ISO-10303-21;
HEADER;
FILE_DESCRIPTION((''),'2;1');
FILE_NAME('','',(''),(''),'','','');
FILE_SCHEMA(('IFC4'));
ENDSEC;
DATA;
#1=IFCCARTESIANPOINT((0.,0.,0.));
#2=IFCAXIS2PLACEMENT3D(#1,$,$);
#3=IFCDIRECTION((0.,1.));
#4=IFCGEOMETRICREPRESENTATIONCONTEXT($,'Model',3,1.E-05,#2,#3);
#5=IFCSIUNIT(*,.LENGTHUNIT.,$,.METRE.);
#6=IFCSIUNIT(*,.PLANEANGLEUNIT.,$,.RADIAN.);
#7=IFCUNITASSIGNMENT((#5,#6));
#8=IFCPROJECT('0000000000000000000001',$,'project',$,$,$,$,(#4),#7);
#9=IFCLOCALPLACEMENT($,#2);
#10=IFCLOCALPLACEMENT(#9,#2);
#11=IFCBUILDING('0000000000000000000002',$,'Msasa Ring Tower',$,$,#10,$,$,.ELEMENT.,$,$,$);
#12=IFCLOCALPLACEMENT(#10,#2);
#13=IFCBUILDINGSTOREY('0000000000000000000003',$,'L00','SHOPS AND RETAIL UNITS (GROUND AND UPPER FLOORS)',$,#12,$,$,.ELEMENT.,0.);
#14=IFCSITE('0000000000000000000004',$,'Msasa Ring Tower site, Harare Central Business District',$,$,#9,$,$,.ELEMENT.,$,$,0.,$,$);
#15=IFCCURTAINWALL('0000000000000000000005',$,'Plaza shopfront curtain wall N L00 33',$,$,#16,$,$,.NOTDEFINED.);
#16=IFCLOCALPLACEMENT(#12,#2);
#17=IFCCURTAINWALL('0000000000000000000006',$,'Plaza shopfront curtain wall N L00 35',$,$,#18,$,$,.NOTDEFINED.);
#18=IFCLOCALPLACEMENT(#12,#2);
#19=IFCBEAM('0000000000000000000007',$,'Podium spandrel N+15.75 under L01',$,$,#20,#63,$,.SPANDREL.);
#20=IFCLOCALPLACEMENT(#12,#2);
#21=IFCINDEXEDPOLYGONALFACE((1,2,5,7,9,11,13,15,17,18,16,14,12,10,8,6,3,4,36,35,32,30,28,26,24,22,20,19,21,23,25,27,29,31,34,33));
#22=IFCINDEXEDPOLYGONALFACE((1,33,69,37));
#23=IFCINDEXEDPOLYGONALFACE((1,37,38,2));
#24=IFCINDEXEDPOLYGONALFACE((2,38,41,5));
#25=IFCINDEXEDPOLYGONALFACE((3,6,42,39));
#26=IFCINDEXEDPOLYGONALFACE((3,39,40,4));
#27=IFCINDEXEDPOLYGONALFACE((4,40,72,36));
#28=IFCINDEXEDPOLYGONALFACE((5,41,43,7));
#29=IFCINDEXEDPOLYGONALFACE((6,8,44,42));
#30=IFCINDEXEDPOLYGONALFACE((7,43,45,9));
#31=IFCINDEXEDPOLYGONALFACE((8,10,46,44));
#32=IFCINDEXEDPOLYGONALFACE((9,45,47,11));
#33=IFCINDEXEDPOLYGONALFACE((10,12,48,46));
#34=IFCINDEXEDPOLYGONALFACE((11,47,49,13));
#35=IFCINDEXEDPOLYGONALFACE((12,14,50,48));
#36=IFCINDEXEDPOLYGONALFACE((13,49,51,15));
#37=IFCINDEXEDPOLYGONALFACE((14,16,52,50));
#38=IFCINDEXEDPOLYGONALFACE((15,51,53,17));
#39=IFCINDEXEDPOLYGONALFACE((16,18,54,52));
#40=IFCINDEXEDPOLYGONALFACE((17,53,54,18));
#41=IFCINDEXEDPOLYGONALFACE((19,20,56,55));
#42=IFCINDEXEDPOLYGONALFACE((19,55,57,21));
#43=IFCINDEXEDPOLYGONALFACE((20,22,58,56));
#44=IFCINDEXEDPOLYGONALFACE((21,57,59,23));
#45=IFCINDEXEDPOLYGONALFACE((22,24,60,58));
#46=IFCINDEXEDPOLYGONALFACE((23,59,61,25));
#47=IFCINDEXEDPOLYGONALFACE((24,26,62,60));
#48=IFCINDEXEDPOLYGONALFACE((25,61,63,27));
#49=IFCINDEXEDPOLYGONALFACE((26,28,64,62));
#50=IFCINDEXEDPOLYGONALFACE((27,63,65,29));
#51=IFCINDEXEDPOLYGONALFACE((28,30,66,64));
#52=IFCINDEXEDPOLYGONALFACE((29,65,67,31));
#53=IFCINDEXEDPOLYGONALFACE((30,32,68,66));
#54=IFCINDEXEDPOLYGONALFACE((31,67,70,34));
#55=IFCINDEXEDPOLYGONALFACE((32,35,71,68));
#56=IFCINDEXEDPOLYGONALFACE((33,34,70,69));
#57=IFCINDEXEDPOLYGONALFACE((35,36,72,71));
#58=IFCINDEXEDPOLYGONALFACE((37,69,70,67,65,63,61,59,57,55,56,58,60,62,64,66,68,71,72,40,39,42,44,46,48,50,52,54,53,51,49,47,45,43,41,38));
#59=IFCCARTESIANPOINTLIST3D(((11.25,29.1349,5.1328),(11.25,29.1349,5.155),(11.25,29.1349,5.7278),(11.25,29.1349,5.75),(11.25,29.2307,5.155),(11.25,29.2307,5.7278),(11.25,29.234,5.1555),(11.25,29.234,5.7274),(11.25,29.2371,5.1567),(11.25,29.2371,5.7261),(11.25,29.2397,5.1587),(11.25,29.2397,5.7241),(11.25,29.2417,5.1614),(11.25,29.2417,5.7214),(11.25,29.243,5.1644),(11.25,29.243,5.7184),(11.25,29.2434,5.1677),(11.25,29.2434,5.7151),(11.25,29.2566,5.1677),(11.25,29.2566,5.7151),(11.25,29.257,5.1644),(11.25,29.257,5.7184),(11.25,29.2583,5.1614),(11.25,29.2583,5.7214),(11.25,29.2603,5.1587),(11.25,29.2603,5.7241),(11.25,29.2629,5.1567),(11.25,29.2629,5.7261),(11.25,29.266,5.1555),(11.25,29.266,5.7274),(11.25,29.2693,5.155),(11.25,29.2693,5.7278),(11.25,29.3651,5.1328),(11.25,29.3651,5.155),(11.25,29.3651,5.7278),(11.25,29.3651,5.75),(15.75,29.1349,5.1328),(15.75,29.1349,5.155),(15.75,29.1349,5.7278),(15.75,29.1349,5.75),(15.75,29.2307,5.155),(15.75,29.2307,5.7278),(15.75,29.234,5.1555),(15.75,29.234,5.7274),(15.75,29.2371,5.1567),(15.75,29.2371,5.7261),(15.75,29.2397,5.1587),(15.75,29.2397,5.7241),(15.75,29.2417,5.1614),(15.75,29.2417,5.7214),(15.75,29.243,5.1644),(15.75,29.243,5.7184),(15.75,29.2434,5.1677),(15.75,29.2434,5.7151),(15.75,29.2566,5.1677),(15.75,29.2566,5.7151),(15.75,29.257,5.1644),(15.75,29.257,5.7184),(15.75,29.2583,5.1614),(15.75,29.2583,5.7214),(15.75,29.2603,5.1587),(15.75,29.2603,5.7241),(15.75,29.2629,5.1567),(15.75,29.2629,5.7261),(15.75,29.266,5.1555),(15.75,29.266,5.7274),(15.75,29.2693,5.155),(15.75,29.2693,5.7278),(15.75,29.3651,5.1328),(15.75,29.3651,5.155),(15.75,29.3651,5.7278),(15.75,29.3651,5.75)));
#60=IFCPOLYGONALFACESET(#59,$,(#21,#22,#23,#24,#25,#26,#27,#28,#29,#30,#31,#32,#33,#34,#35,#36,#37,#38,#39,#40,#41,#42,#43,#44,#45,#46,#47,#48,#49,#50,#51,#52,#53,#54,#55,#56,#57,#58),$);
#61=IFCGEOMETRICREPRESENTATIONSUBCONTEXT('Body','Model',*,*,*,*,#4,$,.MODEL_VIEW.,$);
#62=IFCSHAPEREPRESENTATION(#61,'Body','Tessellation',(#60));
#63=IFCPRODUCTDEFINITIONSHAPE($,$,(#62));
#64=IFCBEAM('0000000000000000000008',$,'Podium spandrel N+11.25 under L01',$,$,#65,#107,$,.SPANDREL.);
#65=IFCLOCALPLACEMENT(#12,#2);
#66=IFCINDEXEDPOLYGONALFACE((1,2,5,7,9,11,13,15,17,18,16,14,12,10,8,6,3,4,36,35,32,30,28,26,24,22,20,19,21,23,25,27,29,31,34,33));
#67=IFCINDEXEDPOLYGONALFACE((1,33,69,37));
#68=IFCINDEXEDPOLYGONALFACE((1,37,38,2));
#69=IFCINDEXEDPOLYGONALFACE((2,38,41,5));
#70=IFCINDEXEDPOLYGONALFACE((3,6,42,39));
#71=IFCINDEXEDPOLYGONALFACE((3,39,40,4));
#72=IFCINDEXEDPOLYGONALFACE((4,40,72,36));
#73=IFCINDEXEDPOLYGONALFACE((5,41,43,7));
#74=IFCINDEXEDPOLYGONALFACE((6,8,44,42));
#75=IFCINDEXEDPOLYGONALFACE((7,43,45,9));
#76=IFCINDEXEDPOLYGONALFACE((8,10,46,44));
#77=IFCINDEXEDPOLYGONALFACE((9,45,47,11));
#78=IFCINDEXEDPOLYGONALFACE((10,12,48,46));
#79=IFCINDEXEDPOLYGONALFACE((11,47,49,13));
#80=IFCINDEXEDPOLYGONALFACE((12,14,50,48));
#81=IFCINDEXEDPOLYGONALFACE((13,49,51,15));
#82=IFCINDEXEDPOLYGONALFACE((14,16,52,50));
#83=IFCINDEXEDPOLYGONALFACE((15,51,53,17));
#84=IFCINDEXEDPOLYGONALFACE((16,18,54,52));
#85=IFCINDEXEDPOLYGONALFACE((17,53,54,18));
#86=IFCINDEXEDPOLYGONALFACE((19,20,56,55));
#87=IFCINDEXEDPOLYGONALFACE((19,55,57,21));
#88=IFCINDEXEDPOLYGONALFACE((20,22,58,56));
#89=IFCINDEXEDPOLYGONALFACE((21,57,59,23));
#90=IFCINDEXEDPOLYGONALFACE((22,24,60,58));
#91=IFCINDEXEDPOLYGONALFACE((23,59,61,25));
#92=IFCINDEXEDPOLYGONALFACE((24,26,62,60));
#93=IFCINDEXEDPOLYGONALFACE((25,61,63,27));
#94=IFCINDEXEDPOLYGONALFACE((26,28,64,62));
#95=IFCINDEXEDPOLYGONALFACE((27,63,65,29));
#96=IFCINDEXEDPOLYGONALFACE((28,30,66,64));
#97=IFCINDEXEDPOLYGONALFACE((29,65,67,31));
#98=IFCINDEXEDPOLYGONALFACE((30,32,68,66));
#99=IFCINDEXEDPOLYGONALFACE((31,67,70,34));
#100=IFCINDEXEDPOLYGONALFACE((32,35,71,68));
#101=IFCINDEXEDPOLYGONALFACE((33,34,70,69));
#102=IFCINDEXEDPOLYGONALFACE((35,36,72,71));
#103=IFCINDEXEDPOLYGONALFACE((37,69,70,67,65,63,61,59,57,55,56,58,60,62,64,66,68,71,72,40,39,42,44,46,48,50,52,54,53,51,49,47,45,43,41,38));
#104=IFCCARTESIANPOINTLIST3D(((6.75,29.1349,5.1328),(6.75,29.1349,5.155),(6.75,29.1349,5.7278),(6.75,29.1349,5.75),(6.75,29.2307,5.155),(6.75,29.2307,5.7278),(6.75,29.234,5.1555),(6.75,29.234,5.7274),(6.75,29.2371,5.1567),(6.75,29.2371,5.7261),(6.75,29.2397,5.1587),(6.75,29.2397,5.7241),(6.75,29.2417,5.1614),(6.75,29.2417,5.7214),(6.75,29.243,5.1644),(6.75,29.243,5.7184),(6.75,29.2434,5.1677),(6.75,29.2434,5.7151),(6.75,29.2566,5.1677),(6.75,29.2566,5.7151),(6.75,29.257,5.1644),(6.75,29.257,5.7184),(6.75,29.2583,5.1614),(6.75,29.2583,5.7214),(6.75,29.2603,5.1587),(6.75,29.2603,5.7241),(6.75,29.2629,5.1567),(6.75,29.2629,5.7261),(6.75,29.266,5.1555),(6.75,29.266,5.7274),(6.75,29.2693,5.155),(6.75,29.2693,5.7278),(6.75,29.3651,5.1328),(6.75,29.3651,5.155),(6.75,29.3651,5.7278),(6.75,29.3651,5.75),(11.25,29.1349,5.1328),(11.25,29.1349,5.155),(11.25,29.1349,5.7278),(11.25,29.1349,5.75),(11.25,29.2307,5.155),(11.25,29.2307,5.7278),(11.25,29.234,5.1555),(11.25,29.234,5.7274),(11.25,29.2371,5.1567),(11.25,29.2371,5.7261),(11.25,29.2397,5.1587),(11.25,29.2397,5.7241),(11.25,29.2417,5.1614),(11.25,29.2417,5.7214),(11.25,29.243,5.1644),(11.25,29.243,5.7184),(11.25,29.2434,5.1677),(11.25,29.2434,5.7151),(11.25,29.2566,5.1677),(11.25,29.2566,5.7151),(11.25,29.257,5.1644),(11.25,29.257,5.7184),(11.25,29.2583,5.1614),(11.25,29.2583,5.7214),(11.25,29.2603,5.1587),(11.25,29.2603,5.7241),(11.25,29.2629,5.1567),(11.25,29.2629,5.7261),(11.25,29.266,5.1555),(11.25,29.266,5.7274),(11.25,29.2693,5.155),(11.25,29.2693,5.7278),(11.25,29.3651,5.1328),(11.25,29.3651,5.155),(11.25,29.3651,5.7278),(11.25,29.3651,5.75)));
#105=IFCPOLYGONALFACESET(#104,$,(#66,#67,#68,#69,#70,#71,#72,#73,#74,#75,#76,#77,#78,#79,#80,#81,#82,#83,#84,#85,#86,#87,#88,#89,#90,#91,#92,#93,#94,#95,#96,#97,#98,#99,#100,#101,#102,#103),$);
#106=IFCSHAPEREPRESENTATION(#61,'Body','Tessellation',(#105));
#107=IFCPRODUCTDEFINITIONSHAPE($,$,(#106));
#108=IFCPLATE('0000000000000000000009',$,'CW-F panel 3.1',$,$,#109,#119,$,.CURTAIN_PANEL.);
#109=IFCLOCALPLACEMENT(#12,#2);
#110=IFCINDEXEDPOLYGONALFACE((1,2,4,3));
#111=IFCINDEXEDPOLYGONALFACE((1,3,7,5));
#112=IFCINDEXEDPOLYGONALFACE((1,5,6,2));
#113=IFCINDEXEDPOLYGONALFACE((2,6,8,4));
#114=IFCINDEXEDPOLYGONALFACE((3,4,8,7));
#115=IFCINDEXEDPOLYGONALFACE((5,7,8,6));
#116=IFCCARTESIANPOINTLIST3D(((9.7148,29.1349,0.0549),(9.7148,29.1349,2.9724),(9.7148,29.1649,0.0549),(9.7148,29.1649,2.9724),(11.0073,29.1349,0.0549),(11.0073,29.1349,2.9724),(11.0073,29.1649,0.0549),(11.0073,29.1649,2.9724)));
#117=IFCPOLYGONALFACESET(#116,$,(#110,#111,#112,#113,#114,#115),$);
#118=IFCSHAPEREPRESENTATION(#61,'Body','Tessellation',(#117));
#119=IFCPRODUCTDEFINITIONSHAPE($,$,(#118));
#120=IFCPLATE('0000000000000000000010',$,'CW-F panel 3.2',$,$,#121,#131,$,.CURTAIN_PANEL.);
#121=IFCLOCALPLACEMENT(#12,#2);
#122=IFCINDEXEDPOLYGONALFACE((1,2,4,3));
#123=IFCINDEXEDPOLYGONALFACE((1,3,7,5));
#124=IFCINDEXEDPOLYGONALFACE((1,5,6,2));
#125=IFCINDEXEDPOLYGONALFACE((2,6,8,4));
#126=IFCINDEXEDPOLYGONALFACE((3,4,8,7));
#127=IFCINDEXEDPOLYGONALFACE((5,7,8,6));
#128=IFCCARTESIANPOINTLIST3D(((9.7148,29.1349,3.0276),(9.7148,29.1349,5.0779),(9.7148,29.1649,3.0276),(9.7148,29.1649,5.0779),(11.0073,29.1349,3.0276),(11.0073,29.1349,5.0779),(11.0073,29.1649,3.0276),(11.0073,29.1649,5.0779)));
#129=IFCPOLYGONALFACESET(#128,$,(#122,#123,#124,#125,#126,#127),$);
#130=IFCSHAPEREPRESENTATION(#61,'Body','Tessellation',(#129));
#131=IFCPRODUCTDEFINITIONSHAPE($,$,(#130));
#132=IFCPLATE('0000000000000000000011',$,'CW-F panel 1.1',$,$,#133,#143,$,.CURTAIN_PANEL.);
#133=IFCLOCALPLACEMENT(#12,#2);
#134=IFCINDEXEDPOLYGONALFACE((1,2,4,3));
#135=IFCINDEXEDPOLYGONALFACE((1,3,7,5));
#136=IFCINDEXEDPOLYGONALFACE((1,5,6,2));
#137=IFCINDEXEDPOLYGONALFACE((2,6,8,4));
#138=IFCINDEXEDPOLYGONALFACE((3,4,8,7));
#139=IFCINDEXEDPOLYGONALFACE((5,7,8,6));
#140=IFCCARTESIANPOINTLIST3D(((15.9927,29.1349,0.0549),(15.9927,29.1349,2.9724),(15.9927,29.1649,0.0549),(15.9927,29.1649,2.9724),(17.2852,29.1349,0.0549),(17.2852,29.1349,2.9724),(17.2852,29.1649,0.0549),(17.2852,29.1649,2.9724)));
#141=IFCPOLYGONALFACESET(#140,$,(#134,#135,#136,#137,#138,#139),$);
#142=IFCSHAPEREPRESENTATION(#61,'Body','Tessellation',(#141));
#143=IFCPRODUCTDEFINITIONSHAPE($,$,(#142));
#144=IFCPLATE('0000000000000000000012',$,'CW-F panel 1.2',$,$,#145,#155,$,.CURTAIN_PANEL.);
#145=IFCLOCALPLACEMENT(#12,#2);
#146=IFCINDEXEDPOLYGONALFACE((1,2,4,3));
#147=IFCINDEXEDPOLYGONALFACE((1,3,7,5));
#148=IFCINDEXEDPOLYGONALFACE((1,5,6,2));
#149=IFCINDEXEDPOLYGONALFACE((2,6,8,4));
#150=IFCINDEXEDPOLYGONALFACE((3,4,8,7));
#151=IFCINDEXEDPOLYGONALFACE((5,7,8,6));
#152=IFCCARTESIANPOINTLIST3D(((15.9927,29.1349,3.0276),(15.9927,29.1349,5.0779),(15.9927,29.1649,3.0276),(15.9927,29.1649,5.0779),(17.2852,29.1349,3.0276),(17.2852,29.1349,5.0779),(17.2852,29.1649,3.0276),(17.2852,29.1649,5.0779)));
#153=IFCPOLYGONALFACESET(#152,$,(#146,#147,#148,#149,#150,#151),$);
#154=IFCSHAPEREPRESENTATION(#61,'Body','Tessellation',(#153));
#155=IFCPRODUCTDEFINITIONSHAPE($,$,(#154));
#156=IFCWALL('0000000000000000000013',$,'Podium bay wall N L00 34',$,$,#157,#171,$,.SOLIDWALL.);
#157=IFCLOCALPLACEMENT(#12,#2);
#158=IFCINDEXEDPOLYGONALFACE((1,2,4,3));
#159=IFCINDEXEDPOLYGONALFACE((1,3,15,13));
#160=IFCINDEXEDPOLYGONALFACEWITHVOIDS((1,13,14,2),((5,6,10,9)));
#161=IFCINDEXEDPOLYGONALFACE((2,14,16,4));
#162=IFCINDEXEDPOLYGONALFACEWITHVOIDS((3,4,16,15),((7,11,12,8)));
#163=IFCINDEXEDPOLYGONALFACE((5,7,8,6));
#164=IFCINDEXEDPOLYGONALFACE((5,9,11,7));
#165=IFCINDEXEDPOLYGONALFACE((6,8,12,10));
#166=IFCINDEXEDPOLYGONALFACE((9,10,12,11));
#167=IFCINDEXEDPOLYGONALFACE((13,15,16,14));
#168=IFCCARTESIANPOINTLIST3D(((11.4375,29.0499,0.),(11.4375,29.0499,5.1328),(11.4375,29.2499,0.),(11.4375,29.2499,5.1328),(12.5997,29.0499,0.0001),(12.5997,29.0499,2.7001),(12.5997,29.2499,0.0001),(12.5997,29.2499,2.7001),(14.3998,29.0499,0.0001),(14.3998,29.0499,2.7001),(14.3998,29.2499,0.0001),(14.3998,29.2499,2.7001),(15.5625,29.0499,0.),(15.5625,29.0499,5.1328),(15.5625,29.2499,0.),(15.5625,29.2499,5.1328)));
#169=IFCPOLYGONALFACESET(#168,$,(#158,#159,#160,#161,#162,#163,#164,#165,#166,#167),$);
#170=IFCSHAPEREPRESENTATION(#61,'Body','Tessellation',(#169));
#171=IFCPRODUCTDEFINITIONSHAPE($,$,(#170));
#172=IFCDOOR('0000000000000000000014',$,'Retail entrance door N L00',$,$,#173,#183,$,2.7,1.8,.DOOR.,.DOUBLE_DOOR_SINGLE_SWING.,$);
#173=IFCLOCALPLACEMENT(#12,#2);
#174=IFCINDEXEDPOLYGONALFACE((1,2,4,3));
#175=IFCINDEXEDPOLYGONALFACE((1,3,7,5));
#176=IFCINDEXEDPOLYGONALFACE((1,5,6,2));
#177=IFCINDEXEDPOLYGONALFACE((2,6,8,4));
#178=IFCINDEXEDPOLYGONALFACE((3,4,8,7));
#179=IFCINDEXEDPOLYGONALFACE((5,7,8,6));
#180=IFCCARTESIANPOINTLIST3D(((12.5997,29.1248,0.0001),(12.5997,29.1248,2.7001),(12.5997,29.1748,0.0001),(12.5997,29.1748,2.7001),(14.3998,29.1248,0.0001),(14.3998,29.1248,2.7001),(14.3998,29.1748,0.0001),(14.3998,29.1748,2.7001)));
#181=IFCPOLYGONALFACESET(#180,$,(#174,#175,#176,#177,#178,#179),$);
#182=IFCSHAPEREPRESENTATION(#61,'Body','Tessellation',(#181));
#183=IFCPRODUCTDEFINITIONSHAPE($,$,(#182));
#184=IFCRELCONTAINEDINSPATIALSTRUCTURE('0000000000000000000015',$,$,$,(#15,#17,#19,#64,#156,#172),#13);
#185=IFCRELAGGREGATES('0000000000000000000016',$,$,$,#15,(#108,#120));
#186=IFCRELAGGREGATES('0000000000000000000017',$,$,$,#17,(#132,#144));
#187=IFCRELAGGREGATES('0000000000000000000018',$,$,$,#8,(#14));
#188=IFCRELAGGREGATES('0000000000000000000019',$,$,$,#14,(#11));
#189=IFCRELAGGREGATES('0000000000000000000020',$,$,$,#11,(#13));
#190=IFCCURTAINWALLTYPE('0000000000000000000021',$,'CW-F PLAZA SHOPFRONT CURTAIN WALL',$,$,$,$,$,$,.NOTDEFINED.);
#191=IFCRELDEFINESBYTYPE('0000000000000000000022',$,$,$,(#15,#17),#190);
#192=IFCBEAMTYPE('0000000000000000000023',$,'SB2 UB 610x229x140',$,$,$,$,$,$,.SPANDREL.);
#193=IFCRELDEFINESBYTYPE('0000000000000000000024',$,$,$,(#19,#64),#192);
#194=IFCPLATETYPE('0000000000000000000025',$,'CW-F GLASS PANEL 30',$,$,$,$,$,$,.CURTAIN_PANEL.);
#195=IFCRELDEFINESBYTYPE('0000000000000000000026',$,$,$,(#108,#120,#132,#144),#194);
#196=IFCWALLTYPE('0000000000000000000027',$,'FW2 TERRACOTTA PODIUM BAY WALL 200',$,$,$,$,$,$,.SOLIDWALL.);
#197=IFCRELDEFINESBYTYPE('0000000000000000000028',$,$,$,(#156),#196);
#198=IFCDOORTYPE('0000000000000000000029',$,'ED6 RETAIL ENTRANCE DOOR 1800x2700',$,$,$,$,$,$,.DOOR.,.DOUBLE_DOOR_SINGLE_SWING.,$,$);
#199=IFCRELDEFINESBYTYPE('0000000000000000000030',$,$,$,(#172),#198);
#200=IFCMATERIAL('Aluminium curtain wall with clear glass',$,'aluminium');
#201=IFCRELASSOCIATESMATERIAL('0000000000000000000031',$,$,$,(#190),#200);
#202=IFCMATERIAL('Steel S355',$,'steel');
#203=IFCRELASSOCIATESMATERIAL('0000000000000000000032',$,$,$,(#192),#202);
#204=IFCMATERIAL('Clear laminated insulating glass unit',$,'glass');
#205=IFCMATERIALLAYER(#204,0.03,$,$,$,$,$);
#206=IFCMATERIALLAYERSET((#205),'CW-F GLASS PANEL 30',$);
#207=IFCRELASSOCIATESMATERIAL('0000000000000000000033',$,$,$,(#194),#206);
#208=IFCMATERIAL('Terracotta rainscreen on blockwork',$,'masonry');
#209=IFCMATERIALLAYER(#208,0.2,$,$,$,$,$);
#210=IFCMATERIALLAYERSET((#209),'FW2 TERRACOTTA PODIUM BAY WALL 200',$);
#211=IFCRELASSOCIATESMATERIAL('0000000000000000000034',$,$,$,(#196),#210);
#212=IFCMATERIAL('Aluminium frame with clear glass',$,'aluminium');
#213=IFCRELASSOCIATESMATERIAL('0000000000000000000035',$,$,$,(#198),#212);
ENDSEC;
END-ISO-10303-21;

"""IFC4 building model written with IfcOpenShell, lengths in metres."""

from ifc_helpers import new_model, si_unit, direction, frame, frame_2d, origin, origin_2d, place, context, subcontext, project, spatial, rectangle, i_section, extrude, material, layer, layer_set, material_profile, profile_set, type_object, element, fill, aggregate, save


model = new_model("IFC4")

# Units and contexts
model_context = context("Model", 3, precision=1e-05, world=origin(), true_north=direction((0.0, 1.0)))
body_context = subcontext(model_context, "Body", "Model", "MODEL_VIEW")
ifc_project = project(units=[si_unit("LENGTHUNIT", "METRE"), si_unit("PLANEANGLEUNIT", "RADIAN")], contexts=[model_context])

# Site, building, storey
site_placement = place(None, origin())
site = spatial("IfcSite", under=ifc_project, at=site_placement, Name="Msasa Ring Tower site, Harare Central Business District", CompositionType="ELEMENT", RefElevation=0.0)
building_placement = place(site_placement, origin())
building = spatial("IfcBuilding", under=site, at=building_placement, Name="Msasa Ring Tower", CompositionType="ELEMENT")
storey_placement = place(building_placement, origin())
storey = spatial("IfcBuildingStorey", under=building, at=storey_placement, Name="L00", Description="SHOPS AND RETAIL UNITS (GROUND AND UPPER FLOORS)", CompositionType="ELEMENT", Elevation=0.0)

# Curtain wall
ifc_material_1 = material(Name="Aluminium curtain wall with clear glass", Category="aluminium")
curtain_wall_type = type_object("IfcCurtainWallType", Name="CW-F PLAZA SHOPFRONT CURTAIN WALL", PredefinedType="NOTDEFINED", material=ifc_material_1)
curtain_wall_1_placement = place(storey_placement, origin())
curtain_wall_1 = element("IfcCurtainWall", 1, at=curtain_wall_1_placement, inside=storey, type_object=curtain_wall_type, Name="Plaza shopfront curtain wall N L00 33", PredefinedType="NOTDEFINED")

# Curtain wall
curtain_wall_2_placement = place(storey_placement, origin())
curtain_wall_2 = element("IfcCurtainWall", 2, at=curtain_wall_2_placement, inside=storey, type_object=curtain_wall_type, Name="Plaza shopfront curtain wall N L00 35", PredefinedType="NOTDEFINED")

# Beams
ifc_material_2 = material(Name="Steel S355", Category="steel")
ifc_material_profile_1 = material_profile(ifc_material_2, i_section(OverallWidth=0.2302, OverallDepth=0.6172, WebThickness=0.0132, FlangeThickness=0.0222, FilletRadius=0.0127, at=origin_2d()), Name="UB 610x229x140")
ifc_profile_set_1 = profile_set([ifc_material_profile_1], Name="Steel S355")
beam_type_1 = type_object("IfcBeamType", Name="SB2 UB 610x229x140", PredefinedType="SPANDREL", material=ifc_profile_set_1)
for number, where, z_axis, x_axis, name in (
    (3, (15.75, 29.25, 5.4414), (-1.0, 0.0, 0.0), (0.0, -1.0, 0.0), "Podium spandrel N+15.75 under L01"),
    (4, (11.25, 29.25, 5.4414), (-1.0, 0.0, 0.0), (0.0, -1.0, 0.0), "Podium spandrel N+11.25 under L01"),
):
    element("IfcBeam", number, at=place(storey_placement, frame(where, z_axis=z_axis, x_axis=x_axis)), inside=storey, type_object=beam_type_1, Name=name, PredefinedType="SPANDREL", context=body_context, shape_type="SweptSolid", body=[
        extrude(i_section(OverallWidth=0.2302, OverallDepth=0.6172, WebThickness=0.0132, FlangeThickness=0.0222, FilletRadius=0.0127, at=origin_2d()), origin(), (0.0, 0.0, 1.0), 4.5),
    ])

# Plates
ifc_material_3 = material(Name="Clear laminated insulating glass unit", Category="glass")
ifc_layer_1 = layer(ifc_material_3, 0.03)
ifc_layer_set_1 = layer_set([ifc_layer_1], Name="CW-F GLASS PANEL 30")
plate_type = type_object("IfcPlateType", Name="CW-F GLASS PANEL 30", PredefinedType="CURTAIN_PANEL", material=ifc_layer_set_1)
plate_1_placement = place(storey_placement, frame((10.3611, 29.1499, 0.0549), z_axis=(0.0, 0.0, 1.0), x_axis=(1.0, 0.0, 0.0)))
plate_1 = element("IfcPlate", 5, at=plate_1_placement, type_object=plate_type, Name="CW-F panel 3.1", PredefinedType="CURTAIN_PANEL", context=body_context, shape_type="SweptSolid", body=[
    extrude(rectangle(XDim=1.2925, YDim=0.03, at=origin_2d()), origin(), (0.0, 0.0, 1.0), 2.9175),
])
plate_2_placement = place(storey_placement, frame((10.3611, 29.1499, 3.0276), z_axis=(0.0, 0.0, 1.0), x_axis=(1.0, 0.0, 0.0)))
plate_2 = element("IfcPlate", 6, at=plate_2_placement, type_object=plate_type, Name="CW-F panel 3.2", PredefinedType="CURTAIN_PANEL", context=body_context, shape_type="SweptSolid", body=[
    extrude(rectangle(XDim=1.2925, YDim=0.03, at=origin_2d()), origin(), (0.0, 0.0, 1.0), 2.0503),
])
aggregate(curtain_wall_1, [plate_1, plate_2])
plate_3_placement = place(storey_placement, frame((16.6389, 29.1499, 0.0549), z_axis=(0.0, 0.0, 1.0), x_axis=(1.0, 0.0, 0.0)))
plate_3 = element("IfcPlate", 7, at=plate_3_placement, type_object=plate_type, Name="CW-F panel 1.1", PredefinedType="CURTAIN_PANEL", context=body_context, shape_type="SweptSolid", body=[
    extrude(rectangle(XDim=1.2925, YDim=0.03, at=origin_2d()), origin(), (0.0, 0.0, 1.0), 2.9175),
])
plate_4_placement = place(storey_placement, frame((16.6389, 29.1499, 3.0276), z_axis=(0.0, 0.0, 1.0), x_axis=(1.0, 0.0, 0.0)))
plate_4 = element("IfcPlate", 8, at=plate_4_placement, type_object=plate_type, Name="CW-F panel 1.2", PredefinedType="CURTAIN_PANEL", context=body_context, shape_type="SweptSolid", body=[
    extrude(rectangle(XDim=1.2925, YDim=0.03, at=origin_2d()), origin(), (0.0, 0.0, 1.0), 2.0503),
])
aggregate(curtain_wall_2, [plate_3, plate_4])

# Wall, opening, door
ifc_material_4 = material(Name="Terracotta rainscreen on blockwork", Category="masonry")
ifc_layer_2 = layer(ifc_material_4, 0.2)
ifc_layer_set_2 = layer_set([ifc_layer_2], Name="FW2 TERRACOTTA PODIUM BAY WALL 200")
wall_type = type_object("IfcWallType", Name="FW2 TERRACOTTA PODIUM BAY WALL 200", PredefinedType="SOLIDWALL", material=ifc_layer_set_2)
wall_placement = place(storey_placement, frame((11.4375, 29.1499, 0.0), z_axis=(0.0, 0.0, 1.0), x_axis=(1.0, 0.0, 0.0)))
wall = element("IfcWall", 9, at=wall_placement, inside=storey, type_object=wall_type, Name="Podium bay wall N L00 34", PredefinedType="SOLIDWALL", context=body_context, shape_type="SweptSolid", body=[
    extrude(rectangle(XDim=4.125, YDim=0.2, at=frame_2d((2.0625, 0.0))), origin(), (0.0, 0.0, 1.0), 5.1328),
])
opening_placement = place(wall_placement, frame((1.1624, 0.0, 0.0)))
opening = element("IfcOpeningElement", 10, at=opening_placement, cuts=wall, PredefinedType="OPENING", context=body_context, shape_type="SweptSolid", body=[
    extrude(rectangle(XDim=1.8, YDim=2.7, at=frame_2d((0.8999, 1.3501))), frame((0.0, 0.1099, 0.0), z_axis=(0.0, -1.0, 0.0), x_axis=(1.0, 0.0, 0.0)), (0.0, 0.0, 1.0), 0.22),
])
ifc_material_5 = material(Name="Aluminium frame with clear glass", Category="aluminium")
door_type = type_object("IfcDoorType", Name="ED6 RETAIL ENTRANCE DOOR 1800x2700", OperationType="DOUBLE_DOOR_SINGLE_SWING", PredefinedType="DOOR", material=ifc_material_5)
door_placement = place(opening_placement, origin())
door = element("IfcDoor", 11, at=door_placement, inside=storey, type_object=door_type, Name="Retail entrance door N L00", OperationType="DOUBLE_DOOR_SINGLE_SWING", OverallHeight=2.7, OverallWidth=1.8, PredefinedType="DOOR", context=body_context, shape_type="SweptSolid", body=[
    extrude(rectangle(XDim=1.8, YDim=2.7, at=frame_2d((0.8999, 1.3501))), frame((0.0, 0.0249, 0.0), z_axis=(0.0, -1.0, 0.0), x_axis=(1.0, 0.0, 0.0)), (0.0, 0.0, 1.0), 0.05),
])
fill(opening, door)

save(model, "model.ifc")
